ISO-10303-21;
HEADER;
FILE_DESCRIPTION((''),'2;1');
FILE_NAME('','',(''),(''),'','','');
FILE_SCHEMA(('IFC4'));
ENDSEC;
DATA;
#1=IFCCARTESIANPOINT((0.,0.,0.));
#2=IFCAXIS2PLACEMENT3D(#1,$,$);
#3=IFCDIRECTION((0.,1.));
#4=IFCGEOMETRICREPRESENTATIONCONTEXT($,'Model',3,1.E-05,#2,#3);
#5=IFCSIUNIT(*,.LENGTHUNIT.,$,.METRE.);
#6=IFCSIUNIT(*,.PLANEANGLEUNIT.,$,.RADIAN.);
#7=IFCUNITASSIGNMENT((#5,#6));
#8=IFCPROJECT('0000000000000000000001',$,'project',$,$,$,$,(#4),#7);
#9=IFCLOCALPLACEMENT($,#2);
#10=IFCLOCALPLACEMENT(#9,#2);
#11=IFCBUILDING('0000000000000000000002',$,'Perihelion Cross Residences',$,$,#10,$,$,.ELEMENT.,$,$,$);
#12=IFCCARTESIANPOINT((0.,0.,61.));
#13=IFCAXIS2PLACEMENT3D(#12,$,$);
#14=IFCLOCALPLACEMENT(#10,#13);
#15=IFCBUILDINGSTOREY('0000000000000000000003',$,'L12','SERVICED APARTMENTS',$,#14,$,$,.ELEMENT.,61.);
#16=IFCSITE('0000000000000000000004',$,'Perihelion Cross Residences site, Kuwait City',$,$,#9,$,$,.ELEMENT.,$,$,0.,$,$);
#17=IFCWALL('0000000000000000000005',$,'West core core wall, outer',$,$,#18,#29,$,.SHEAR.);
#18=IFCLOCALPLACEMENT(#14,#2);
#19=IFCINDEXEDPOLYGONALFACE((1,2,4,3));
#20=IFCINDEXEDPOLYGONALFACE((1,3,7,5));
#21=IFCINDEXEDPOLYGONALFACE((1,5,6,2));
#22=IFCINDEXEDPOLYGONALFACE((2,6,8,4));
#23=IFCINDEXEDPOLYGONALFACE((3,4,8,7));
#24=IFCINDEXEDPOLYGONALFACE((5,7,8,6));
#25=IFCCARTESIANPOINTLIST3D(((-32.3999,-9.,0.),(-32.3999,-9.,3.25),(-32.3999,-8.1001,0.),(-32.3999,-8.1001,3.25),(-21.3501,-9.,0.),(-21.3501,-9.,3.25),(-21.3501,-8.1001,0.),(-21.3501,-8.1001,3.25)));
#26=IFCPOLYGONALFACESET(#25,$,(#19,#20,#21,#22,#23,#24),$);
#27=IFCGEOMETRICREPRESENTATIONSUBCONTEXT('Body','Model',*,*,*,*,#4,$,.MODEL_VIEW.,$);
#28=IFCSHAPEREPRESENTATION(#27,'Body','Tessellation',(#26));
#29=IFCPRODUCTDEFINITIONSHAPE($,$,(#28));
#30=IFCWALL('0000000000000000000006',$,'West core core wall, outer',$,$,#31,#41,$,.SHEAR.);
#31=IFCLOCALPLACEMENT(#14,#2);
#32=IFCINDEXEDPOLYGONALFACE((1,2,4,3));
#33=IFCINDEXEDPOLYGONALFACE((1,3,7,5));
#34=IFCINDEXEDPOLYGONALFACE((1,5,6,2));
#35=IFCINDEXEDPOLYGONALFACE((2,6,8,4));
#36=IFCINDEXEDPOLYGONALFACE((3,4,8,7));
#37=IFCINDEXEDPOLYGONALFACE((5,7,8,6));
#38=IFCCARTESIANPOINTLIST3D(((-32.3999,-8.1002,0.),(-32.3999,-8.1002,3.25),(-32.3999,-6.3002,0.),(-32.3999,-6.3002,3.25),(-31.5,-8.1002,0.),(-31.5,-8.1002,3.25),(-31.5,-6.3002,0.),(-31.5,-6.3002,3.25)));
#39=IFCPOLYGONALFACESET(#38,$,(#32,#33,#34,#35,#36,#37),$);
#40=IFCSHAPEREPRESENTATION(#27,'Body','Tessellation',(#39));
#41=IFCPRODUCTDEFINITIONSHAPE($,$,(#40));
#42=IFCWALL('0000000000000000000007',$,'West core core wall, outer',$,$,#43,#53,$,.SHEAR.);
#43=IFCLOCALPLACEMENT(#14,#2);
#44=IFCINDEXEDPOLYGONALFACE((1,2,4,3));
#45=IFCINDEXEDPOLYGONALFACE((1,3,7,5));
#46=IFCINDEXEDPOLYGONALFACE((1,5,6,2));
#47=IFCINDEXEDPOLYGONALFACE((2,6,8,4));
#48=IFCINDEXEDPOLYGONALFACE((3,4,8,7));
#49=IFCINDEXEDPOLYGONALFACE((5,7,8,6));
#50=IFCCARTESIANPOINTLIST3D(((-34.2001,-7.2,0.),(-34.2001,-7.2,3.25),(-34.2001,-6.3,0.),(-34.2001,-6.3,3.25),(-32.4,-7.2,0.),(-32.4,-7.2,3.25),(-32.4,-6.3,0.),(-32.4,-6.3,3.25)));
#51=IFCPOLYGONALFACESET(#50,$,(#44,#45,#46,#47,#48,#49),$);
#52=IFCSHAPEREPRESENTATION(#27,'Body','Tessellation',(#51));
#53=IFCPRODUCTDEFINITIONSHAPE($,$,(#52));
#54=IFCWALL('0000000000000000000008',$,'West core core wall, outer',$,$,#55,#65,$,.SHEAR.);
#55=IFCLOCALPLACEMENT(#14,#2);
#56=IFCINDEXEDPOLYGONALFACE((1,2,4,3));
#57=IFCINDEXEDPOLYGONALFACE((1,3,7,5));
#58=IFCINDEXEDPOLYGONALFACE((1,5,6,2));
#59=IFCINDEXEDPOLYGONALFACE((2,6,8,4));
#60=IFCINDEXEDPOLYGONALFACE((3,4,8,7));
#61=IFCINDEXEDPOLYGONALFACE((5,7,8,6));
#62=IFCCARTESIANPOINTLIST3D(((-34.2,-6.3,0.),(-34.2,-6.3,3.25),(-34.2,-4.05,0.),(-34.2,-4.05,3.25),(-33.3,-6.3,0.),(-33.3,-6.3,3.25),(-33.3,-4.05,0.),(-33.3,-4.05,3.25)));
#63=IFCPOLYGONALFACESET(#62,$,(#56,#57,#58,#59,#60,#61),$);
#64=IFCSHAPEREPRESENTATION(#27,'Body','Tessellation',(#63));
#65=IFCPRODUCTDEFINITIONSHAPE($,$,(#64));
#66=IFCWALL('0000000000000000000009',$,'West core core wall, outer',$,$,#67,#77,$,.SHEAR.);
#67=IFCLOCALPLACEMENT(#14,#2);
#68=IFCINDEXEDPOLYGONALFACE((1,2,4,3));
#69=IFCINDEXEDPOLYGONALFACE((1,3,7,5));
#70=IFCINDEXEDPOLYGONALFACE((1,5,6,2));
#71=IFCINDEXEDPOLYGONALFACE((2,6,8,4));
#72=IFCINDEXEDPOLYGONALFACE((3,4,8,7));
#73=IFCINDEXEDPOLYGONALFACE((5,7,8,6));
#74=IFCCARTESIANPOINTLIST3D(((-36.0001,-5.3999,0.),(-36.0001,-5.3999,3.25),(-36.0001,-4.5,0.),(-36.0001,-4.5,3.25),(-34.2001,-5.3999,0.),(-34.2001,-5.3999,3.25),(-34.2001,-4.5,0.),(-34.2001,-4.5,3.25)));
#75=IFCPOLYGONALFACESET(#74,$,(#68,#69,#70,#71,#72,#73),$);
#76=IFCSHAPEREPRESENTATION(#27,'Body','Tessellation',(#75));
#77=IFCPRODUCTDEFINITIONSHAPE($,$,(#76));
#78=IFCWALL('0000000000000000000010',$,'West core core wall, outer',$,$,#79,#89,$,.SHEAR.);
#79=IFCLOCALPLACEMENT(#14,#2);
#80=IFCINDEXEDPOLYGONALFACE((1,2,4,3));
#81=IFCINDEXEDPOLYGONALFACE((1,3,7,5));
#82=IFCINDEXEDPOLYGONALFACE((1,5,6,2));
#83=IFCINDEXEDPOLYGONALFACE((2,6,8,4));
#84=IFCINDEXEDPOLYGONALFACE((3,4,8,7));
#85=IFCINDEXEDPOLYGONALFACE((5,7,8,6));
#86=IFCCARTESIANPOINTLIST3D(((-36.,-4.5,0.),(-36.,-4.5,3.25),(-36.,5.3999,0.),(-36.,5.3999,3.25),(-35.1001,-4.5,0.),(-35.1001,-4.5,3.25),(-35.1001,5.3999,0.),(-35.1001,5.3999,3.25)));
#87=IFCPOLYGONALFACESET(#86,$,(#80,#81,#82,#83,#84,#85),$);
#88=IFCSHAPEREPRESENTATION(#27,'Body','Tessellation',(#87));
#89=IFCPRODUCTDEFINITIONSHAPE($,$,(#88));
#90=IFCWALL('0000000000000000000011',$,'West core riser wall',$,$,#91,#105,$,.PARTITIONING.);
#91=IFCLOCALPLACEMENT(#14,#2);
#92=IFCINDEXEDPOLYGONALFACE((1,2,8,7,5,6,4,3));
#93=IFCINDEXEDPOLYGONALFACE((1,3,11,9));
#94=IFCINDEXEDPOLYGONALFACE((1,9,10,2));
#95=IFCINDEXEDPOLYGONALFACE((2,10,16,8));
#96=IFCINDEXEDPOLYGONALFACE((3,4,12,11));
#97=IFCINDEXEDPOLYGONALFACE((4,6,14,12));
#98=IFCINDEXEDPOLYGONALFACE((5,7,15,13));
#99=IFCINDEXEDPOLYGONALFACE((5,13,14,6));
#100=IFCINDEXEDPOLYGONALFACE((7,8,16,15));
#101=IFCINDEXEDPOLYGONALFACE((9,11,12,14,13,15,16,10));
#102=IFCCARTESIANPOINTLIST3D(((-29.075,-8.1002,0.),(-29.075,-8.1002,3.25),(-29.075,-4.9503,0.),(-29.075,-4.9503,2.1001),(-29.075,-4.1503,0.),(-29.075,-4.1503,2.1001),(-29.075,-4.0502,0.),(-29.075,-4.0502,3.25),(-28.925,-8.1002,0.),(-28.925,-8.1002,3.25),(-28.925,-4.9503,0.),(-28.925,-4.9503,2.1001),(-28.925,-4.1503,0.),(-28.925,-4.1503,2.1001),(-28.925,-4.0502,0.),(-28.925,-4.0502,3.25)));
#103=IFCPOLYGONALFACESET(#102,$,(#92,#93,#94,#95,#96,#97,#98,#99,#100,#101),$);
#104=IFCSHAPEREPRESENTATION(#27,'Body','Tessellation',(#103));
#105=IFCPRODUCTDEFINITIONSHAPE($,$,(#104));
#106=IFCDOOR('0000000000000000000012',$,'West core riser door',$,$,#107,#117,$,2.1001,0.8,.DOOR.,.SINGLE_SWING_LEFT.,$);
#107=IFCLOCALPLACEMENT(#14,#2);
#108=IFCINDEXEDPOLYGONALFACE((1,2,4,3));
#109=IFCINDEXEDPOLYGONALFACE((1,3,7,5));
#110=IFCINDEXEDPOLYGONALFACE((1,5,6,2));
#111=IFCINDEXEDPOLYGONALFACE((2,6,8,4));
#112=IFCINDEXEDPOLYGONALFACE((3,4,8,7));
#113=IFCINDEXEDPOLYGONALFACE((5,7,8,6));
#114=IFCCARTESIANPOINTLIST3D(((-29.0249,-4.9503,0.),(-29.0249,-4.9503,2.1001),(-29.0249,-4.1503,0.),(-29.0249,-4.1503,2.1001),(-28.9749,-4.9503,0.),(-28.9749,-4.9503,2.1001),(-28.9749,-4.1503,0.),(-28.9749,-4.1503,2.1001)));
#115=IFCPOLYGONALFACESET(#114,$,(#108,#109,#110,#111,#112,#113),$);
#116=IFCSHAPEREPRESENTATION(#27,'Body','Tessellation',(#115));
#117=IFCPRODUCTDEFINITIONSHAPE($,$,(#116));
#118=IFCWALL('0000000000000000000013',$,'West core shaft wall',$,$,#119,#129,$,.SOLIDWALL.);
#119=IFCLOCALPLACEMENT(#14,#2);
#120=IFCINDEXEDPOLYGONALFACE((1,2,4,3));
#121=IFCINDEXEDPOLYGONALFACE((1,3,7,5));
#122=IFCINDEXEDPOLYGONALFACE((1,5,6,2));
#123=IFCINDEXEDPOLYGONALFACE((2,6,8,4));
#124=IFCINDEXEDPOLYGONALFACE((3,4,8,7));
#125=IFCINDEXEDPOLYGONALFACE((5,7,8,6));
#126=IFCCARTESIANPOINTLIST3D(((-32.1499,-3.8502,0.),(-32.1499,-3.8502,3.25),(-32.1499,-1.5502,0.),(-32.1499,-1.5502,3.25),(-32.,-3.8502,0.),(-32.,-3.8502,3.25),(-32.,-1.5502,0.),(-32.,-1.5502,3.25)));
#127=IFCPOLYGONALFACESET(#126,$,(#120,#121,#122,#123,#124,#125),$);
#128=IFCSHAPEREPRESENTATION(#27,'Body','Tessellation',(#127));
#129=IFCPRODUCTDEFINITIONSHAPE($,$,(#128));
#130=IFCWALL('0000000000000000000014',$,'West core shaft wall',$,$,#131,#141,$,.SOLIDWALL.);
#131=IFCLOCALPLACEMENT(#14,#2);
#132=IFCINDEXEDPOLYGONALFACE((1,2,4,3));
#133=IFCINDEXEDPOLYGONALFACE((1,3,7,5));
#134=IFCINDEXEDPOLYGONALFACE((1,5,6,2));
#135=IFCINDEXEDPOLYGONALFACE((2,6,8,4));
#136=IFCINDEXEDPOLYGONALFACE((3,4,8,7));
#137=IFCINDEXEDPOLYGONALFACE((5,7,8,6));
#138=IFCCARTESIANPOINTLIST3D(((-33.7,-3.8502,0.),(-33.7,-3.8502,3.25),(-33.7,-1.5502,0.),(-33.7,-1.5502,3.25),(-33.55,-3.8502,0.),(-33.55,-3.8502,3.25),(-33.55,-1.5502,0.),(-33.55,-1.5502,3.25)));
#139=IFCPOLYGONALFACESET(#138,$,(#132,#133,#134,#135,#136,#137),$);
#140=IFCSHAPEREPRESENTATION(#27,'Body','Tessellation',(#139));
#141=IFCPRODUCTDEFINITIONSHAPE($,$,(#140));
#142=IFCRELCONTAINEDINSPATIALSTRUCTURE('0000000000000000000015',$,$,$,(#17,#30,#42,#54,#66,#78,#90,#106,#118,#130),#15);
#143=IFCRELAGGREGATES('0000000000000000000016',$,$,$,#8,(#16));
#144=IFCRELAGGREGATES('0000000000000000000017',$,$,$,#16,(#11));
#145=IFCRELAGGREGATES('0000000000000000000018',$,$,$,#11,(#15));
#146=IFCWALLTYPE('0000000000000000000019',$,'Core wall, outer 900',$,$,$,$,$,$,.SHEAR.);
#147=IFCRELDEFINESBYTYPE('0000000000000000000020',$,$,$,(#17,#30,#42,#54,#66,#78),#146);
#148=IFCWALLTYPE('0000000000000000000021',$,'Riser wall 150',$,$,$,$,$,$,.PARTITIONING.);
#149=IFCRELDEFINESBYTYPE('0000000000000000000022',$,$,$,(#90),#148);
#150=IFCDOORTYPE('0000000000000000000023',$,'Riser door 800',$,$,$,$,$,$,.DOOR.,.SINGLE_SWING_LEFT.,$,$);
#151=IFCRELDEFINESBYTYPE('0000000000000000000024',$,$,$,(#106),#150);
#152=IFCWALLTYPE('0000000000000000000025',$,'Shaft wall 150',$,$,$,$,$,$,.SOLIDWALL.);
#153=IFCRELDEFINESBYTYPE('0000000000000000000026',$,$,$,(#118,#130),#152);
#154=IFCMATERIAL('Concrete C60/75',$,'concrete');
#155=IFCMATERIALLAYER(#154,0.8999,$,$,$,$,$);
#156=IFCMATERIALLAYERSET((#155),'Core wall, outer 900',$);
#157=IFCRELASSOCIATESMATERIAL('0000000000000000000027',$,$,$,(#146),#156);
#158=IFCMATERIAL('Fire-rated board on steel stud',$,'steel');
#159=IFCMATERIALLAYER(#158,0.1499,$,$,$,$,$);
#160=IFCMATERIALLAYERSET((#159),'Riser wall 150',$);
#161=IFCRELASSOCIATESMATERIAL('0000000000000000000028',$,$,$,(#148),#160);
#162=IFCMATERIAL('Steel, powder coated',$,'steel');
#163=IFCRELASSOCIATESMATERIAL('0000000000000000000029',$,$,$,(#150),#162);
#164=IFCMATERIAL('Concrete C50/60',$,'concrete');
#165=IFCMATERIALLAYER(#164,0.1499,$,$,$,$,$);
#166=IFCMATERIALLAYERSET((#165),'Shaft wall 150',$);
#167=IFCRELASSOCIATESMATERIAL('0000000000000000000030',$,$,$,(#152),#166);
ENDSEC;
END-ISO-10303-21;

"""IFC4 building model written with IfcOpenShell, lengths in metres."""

from ifc_helpers import new_model, si_unit, direction, frame, frame_2d, origin, place, context, subcontext, project, spatial, rectangle, extrude, material, layer, layer_set, type_object, element, fill, save


model = new_model("IFC4")

# Units and contexts
model_context = context("Model", 3, precision=1e-05, world=origin(), true_north=direction((0.0, 1.0)))
body_context = subcontext(model_context, "Body", "Model", "MODEL_VIEW")
ifc_project = project(units=[si_unit("LENGTHUNIT", "METRE"), si_unit("PLANEANGLEUNIT", "RADIAN")], contexts=[model_context])

# Site, building, storey
site_placement = place(None, origin())
site = spatial("IfcSite", under=ifc_project, at=site_placement, Name="Perihelion Cross Residences site, Kuwait City", CompositionType="ELEMENT", RefElevation=0.0)
building_placement = place(site_placement, origin())
building = spatial("IfcBuilding", under=site, at=building_placement, Name="Perihelion Cross Residences", CompositionType="ELEMENT")
storey_placement = place(building_placement, frame((0.0, 0.0, 61.0)))
storey = spatial("IfcBuildingStorey", under=building, at=storey_placement, Name="L12", Description="SERVICED APARTMENTS", CompositionType="ELEMENT", Elevation=61.0)

# Walls
ifc_material_1 = material(Name="Concrete C60/75", Category="concrete")
ifc_layer_1 = layer(ifc_material_1, 0.8999)
ifc_layer_set_1 = layer_set([ifc_layer_1], Name="Core wall, outer 900")
wall_type_1 = type_object("IfcWallType", Name="Core wall, outer 900", PredefinedType="SHEAR", material=ifc_layer_set_1)
wall_1_placement = place(storey_placement, frame((-32.3999, -8.55, 0.0), z_axis=(0.0, 0.0, 1.0), x_axis=(1.0, 0.0, 0.0)))
element("IfcWall", 1, at=wall_1_placement, inside=storey, type_object=wall_type_1, Name="West core core wall, outer", PredefinedType="SHEAR", context=body_context, shape_type="SweptSolid", body=[
    extrude(rectangle(XDim=11.0498, YDim=0.8999, at=frame_2d((5.5249, 0.0))), origin(), (0.0, 0.0, 1.0), 3.25),
])
for number, where, z_axis, x_axis, name in (
    (2, (-31.95, -8.1001, 0.0), (0.0, 0.0, 1.0), (0.0, 1.0, 0.0), "West core core wall, outer"),
    (3, (-34.2, -6.75, 0.0), (0.0, 0.0, 1.0), (1.0, 0.0, 0.0), "West core core wall, outer"),
):
    element("IfcWall", number, at=place(storey_placement, frame(where, z_axis=z_axis, x_axis=x_axis)), inside=storey, type_object=wall_type_1, Name=name, PredefinedType="SHEAR", context=body_context, shape_type="SweptSolid", body=[
        extrude(rectangle(XDim=1.8, YDim=0.8999, at=frame_2d((0.8999, 0.0))), origin(), (0.0, 0.0, 1.0), 3.25),
    ])
wall_2_placement = place(storey_placement, frame((-33.75, -6.3, 0.0), z_axis=(0.0, 0.0, 1.0), x_axis=(0.0, 1.0, 0.0)))
element("IfcWall", 4, at=wall_2_placement, inside=storey, type_object=wall_type_1, Name="West core core wall, outer", PredefinedType="SHEAR", context=body_context, shape_type="SweptSolid", body=[
    extrude(rectangle(XDim=2.25, YDim=0.8999, at=frame_2d((1.125, 0.0))), origin(), (0.0, 0.0, 1.0), 3.25),
])
wall_3_placement = place(storey_placement, frame((-36.0, -4.95, 0.0), z_axis=(0.0, 0.0, 1.0), x_axis=(1.0, 0.0, 0.0)))
element("IfcWall", 5, at=wall_3_placement, inside=storey, type_object=wall_type_1, Name="West core core wall, outer", PredefinedType="SHEAR", context=body_context, shape_type="SweptSolid", body=[
    extrude(rectangle(XDim=1.8, YDim=0.8999, at=frame_2d((0.8999, 0.0))), origin(), (0.0, 0.0, 1.0), 3.25),
])
wall_4_placement = place(storey_placement, frame((-35.55, -4.5, 0.0), z_axis=(0.0, 0.0, 1.0), x_axis=(0.0, 1.0, 0.0)))
element("IfcWall", 6, at=wall_4_placement, inside=storey, type_object=wall_type_1, Name="West core core wall, outer", PredefinedType="SHEAR", context=body_context, shape_type="SweptSolid", body=[
    extrude(rectangle(XDim=9.8999, YDim=0.8999, at=frame_2d((4.95, 0.0))), origin(), (0.0, 0.0, 1.0), 3.25),
])

# Wall, opening, door
ifc_material_2 = material(Name="Fire-rated board on steel stud", Category="steel")
ifc_layer_2 = layer(ifc_material_2, 0.1499)
ifc_layer_set_2 = layer_set([ifc_layer_2], Name="Riser wall 150")
wall_type_2 = type_object("IfcWallType", Name="Riser wall 150", PredefinedType="PARTITIONING", material=ifc_layer_set_2)
wall_5_placement = place(storey_placement, frame((-29.0, -8.1001, 0.0), z_axis=(0.0, 0.0, 1.0), x_axis=(0.0, 1.0, 0.0)))
wall_5 = element("IfcWall", 7, at=wall_5_placement, inside=storey, type_object=wall_type_2, Name="West core riser wall", PredefinedType="PARTITIONING", context=body_context, shape_type="SweptSolid", body=[
    extrude(rectangle(XDim=4.05, YDim=0.1499, at=frame_2d((2.0249, 0.0))), origin(), (0.0, 0.0, 1.0), 3.25),
])
opening_1_placement = place(wall_5_placement, frame((3.1499, 0.0, 0.0)))
opening_1 = element("IfcOpeningElement", 8, at=opening_1_placement, cuts=wall_5, PredefinedType="OPENING", context=body_context, shape_type="SweptSolid", body=[
    extrude(rectangle(XDim=0.8, YDim=2.1001, at=frame_2d((0.3999, 1.05))), frame((0.0, 0.085, 0.0), z_axis=(0.0, -1.0, 0.0), x_axis=(1.0, 0.0, 0.0)), (0.0, 0.0, 1.0), 0.1699),
])
ifc_material_3 = material(Name="Steel, powder coated", Category="steel")
door_type_1 = type_object("IfcDoorType", Name="Riser door 800", OperationType="SINGLE_SWING_LEFT", PredefinedType="DOOR", material=ifc_material_3)
door_1_placement = place(opening_1_placement, origin())
door_1 = element("IfcDoor", 9, at=door_1_placement, inside=storey, type_object=door_type_1, Name="West core riser door", OperationType="SINGLE_SWING_LEFT", OverallHeight=2.1001, OverallWidth=0.8, PredefinedType="DOOR", context=body_context, shape_type="SweptSolid", body=[
    extrude(rectangle(XDim=0.8, YDim=2.1001, at=frame_2d((0.3999, 1.05))), frame((0.0, 0.0249, 0.0), z_axis=(0.0, -1.0, 0.0), x_axis=(1.0, 0.0, 0.0)), (0.0, 0.0, 1.0), 0.05),
])
fill(opening_1, door_1)

# Walls
ifc_material_4 = material(Name="Concrete C50/60", Category="concrete")
ifc_layer_3 = layer(ifc_material_4, 0.1499)
ifc_layer_set_3 = layer_set([ifc_layer_3], Name="Shaft wall 150")
wall_type_3 = type_object("IfcWallType", Name="Shaft wall 150", PredefinedType="SOLIDWALL", material=ifc_layer_set_3)
for number, where, z_axis, x_axis, name in (
    (10, (-32.075, -3.8501, 0.0), (0.0, 0.0, 1.0), (0.0, 1.0, 0.0), "West core shaft wall"),
    (11, (-33.625, -3.8501, 0.0), (0.0, 0.0, 1.0), (0.0, 1.0, 0.0), "West core shaft wall"),
):
    element("IfcWall", number, at=place(storey_placement, frame(where, z_axis=z_axis, x_axis=x_axis)), inside=storey, type_object=wall_type_3, Name=name, PredefinedType="SOLIDWALL", context=body_context, shape_type="SweptSolid", body=[
        extrude(rectangle(XDim=2.3, YDim=0.1499, at=frame_2d((1.1499, 0.0))), origin(), (0.0, 0.0, 1.0), 3.25),
    ])

save(model, "model.ifc")
